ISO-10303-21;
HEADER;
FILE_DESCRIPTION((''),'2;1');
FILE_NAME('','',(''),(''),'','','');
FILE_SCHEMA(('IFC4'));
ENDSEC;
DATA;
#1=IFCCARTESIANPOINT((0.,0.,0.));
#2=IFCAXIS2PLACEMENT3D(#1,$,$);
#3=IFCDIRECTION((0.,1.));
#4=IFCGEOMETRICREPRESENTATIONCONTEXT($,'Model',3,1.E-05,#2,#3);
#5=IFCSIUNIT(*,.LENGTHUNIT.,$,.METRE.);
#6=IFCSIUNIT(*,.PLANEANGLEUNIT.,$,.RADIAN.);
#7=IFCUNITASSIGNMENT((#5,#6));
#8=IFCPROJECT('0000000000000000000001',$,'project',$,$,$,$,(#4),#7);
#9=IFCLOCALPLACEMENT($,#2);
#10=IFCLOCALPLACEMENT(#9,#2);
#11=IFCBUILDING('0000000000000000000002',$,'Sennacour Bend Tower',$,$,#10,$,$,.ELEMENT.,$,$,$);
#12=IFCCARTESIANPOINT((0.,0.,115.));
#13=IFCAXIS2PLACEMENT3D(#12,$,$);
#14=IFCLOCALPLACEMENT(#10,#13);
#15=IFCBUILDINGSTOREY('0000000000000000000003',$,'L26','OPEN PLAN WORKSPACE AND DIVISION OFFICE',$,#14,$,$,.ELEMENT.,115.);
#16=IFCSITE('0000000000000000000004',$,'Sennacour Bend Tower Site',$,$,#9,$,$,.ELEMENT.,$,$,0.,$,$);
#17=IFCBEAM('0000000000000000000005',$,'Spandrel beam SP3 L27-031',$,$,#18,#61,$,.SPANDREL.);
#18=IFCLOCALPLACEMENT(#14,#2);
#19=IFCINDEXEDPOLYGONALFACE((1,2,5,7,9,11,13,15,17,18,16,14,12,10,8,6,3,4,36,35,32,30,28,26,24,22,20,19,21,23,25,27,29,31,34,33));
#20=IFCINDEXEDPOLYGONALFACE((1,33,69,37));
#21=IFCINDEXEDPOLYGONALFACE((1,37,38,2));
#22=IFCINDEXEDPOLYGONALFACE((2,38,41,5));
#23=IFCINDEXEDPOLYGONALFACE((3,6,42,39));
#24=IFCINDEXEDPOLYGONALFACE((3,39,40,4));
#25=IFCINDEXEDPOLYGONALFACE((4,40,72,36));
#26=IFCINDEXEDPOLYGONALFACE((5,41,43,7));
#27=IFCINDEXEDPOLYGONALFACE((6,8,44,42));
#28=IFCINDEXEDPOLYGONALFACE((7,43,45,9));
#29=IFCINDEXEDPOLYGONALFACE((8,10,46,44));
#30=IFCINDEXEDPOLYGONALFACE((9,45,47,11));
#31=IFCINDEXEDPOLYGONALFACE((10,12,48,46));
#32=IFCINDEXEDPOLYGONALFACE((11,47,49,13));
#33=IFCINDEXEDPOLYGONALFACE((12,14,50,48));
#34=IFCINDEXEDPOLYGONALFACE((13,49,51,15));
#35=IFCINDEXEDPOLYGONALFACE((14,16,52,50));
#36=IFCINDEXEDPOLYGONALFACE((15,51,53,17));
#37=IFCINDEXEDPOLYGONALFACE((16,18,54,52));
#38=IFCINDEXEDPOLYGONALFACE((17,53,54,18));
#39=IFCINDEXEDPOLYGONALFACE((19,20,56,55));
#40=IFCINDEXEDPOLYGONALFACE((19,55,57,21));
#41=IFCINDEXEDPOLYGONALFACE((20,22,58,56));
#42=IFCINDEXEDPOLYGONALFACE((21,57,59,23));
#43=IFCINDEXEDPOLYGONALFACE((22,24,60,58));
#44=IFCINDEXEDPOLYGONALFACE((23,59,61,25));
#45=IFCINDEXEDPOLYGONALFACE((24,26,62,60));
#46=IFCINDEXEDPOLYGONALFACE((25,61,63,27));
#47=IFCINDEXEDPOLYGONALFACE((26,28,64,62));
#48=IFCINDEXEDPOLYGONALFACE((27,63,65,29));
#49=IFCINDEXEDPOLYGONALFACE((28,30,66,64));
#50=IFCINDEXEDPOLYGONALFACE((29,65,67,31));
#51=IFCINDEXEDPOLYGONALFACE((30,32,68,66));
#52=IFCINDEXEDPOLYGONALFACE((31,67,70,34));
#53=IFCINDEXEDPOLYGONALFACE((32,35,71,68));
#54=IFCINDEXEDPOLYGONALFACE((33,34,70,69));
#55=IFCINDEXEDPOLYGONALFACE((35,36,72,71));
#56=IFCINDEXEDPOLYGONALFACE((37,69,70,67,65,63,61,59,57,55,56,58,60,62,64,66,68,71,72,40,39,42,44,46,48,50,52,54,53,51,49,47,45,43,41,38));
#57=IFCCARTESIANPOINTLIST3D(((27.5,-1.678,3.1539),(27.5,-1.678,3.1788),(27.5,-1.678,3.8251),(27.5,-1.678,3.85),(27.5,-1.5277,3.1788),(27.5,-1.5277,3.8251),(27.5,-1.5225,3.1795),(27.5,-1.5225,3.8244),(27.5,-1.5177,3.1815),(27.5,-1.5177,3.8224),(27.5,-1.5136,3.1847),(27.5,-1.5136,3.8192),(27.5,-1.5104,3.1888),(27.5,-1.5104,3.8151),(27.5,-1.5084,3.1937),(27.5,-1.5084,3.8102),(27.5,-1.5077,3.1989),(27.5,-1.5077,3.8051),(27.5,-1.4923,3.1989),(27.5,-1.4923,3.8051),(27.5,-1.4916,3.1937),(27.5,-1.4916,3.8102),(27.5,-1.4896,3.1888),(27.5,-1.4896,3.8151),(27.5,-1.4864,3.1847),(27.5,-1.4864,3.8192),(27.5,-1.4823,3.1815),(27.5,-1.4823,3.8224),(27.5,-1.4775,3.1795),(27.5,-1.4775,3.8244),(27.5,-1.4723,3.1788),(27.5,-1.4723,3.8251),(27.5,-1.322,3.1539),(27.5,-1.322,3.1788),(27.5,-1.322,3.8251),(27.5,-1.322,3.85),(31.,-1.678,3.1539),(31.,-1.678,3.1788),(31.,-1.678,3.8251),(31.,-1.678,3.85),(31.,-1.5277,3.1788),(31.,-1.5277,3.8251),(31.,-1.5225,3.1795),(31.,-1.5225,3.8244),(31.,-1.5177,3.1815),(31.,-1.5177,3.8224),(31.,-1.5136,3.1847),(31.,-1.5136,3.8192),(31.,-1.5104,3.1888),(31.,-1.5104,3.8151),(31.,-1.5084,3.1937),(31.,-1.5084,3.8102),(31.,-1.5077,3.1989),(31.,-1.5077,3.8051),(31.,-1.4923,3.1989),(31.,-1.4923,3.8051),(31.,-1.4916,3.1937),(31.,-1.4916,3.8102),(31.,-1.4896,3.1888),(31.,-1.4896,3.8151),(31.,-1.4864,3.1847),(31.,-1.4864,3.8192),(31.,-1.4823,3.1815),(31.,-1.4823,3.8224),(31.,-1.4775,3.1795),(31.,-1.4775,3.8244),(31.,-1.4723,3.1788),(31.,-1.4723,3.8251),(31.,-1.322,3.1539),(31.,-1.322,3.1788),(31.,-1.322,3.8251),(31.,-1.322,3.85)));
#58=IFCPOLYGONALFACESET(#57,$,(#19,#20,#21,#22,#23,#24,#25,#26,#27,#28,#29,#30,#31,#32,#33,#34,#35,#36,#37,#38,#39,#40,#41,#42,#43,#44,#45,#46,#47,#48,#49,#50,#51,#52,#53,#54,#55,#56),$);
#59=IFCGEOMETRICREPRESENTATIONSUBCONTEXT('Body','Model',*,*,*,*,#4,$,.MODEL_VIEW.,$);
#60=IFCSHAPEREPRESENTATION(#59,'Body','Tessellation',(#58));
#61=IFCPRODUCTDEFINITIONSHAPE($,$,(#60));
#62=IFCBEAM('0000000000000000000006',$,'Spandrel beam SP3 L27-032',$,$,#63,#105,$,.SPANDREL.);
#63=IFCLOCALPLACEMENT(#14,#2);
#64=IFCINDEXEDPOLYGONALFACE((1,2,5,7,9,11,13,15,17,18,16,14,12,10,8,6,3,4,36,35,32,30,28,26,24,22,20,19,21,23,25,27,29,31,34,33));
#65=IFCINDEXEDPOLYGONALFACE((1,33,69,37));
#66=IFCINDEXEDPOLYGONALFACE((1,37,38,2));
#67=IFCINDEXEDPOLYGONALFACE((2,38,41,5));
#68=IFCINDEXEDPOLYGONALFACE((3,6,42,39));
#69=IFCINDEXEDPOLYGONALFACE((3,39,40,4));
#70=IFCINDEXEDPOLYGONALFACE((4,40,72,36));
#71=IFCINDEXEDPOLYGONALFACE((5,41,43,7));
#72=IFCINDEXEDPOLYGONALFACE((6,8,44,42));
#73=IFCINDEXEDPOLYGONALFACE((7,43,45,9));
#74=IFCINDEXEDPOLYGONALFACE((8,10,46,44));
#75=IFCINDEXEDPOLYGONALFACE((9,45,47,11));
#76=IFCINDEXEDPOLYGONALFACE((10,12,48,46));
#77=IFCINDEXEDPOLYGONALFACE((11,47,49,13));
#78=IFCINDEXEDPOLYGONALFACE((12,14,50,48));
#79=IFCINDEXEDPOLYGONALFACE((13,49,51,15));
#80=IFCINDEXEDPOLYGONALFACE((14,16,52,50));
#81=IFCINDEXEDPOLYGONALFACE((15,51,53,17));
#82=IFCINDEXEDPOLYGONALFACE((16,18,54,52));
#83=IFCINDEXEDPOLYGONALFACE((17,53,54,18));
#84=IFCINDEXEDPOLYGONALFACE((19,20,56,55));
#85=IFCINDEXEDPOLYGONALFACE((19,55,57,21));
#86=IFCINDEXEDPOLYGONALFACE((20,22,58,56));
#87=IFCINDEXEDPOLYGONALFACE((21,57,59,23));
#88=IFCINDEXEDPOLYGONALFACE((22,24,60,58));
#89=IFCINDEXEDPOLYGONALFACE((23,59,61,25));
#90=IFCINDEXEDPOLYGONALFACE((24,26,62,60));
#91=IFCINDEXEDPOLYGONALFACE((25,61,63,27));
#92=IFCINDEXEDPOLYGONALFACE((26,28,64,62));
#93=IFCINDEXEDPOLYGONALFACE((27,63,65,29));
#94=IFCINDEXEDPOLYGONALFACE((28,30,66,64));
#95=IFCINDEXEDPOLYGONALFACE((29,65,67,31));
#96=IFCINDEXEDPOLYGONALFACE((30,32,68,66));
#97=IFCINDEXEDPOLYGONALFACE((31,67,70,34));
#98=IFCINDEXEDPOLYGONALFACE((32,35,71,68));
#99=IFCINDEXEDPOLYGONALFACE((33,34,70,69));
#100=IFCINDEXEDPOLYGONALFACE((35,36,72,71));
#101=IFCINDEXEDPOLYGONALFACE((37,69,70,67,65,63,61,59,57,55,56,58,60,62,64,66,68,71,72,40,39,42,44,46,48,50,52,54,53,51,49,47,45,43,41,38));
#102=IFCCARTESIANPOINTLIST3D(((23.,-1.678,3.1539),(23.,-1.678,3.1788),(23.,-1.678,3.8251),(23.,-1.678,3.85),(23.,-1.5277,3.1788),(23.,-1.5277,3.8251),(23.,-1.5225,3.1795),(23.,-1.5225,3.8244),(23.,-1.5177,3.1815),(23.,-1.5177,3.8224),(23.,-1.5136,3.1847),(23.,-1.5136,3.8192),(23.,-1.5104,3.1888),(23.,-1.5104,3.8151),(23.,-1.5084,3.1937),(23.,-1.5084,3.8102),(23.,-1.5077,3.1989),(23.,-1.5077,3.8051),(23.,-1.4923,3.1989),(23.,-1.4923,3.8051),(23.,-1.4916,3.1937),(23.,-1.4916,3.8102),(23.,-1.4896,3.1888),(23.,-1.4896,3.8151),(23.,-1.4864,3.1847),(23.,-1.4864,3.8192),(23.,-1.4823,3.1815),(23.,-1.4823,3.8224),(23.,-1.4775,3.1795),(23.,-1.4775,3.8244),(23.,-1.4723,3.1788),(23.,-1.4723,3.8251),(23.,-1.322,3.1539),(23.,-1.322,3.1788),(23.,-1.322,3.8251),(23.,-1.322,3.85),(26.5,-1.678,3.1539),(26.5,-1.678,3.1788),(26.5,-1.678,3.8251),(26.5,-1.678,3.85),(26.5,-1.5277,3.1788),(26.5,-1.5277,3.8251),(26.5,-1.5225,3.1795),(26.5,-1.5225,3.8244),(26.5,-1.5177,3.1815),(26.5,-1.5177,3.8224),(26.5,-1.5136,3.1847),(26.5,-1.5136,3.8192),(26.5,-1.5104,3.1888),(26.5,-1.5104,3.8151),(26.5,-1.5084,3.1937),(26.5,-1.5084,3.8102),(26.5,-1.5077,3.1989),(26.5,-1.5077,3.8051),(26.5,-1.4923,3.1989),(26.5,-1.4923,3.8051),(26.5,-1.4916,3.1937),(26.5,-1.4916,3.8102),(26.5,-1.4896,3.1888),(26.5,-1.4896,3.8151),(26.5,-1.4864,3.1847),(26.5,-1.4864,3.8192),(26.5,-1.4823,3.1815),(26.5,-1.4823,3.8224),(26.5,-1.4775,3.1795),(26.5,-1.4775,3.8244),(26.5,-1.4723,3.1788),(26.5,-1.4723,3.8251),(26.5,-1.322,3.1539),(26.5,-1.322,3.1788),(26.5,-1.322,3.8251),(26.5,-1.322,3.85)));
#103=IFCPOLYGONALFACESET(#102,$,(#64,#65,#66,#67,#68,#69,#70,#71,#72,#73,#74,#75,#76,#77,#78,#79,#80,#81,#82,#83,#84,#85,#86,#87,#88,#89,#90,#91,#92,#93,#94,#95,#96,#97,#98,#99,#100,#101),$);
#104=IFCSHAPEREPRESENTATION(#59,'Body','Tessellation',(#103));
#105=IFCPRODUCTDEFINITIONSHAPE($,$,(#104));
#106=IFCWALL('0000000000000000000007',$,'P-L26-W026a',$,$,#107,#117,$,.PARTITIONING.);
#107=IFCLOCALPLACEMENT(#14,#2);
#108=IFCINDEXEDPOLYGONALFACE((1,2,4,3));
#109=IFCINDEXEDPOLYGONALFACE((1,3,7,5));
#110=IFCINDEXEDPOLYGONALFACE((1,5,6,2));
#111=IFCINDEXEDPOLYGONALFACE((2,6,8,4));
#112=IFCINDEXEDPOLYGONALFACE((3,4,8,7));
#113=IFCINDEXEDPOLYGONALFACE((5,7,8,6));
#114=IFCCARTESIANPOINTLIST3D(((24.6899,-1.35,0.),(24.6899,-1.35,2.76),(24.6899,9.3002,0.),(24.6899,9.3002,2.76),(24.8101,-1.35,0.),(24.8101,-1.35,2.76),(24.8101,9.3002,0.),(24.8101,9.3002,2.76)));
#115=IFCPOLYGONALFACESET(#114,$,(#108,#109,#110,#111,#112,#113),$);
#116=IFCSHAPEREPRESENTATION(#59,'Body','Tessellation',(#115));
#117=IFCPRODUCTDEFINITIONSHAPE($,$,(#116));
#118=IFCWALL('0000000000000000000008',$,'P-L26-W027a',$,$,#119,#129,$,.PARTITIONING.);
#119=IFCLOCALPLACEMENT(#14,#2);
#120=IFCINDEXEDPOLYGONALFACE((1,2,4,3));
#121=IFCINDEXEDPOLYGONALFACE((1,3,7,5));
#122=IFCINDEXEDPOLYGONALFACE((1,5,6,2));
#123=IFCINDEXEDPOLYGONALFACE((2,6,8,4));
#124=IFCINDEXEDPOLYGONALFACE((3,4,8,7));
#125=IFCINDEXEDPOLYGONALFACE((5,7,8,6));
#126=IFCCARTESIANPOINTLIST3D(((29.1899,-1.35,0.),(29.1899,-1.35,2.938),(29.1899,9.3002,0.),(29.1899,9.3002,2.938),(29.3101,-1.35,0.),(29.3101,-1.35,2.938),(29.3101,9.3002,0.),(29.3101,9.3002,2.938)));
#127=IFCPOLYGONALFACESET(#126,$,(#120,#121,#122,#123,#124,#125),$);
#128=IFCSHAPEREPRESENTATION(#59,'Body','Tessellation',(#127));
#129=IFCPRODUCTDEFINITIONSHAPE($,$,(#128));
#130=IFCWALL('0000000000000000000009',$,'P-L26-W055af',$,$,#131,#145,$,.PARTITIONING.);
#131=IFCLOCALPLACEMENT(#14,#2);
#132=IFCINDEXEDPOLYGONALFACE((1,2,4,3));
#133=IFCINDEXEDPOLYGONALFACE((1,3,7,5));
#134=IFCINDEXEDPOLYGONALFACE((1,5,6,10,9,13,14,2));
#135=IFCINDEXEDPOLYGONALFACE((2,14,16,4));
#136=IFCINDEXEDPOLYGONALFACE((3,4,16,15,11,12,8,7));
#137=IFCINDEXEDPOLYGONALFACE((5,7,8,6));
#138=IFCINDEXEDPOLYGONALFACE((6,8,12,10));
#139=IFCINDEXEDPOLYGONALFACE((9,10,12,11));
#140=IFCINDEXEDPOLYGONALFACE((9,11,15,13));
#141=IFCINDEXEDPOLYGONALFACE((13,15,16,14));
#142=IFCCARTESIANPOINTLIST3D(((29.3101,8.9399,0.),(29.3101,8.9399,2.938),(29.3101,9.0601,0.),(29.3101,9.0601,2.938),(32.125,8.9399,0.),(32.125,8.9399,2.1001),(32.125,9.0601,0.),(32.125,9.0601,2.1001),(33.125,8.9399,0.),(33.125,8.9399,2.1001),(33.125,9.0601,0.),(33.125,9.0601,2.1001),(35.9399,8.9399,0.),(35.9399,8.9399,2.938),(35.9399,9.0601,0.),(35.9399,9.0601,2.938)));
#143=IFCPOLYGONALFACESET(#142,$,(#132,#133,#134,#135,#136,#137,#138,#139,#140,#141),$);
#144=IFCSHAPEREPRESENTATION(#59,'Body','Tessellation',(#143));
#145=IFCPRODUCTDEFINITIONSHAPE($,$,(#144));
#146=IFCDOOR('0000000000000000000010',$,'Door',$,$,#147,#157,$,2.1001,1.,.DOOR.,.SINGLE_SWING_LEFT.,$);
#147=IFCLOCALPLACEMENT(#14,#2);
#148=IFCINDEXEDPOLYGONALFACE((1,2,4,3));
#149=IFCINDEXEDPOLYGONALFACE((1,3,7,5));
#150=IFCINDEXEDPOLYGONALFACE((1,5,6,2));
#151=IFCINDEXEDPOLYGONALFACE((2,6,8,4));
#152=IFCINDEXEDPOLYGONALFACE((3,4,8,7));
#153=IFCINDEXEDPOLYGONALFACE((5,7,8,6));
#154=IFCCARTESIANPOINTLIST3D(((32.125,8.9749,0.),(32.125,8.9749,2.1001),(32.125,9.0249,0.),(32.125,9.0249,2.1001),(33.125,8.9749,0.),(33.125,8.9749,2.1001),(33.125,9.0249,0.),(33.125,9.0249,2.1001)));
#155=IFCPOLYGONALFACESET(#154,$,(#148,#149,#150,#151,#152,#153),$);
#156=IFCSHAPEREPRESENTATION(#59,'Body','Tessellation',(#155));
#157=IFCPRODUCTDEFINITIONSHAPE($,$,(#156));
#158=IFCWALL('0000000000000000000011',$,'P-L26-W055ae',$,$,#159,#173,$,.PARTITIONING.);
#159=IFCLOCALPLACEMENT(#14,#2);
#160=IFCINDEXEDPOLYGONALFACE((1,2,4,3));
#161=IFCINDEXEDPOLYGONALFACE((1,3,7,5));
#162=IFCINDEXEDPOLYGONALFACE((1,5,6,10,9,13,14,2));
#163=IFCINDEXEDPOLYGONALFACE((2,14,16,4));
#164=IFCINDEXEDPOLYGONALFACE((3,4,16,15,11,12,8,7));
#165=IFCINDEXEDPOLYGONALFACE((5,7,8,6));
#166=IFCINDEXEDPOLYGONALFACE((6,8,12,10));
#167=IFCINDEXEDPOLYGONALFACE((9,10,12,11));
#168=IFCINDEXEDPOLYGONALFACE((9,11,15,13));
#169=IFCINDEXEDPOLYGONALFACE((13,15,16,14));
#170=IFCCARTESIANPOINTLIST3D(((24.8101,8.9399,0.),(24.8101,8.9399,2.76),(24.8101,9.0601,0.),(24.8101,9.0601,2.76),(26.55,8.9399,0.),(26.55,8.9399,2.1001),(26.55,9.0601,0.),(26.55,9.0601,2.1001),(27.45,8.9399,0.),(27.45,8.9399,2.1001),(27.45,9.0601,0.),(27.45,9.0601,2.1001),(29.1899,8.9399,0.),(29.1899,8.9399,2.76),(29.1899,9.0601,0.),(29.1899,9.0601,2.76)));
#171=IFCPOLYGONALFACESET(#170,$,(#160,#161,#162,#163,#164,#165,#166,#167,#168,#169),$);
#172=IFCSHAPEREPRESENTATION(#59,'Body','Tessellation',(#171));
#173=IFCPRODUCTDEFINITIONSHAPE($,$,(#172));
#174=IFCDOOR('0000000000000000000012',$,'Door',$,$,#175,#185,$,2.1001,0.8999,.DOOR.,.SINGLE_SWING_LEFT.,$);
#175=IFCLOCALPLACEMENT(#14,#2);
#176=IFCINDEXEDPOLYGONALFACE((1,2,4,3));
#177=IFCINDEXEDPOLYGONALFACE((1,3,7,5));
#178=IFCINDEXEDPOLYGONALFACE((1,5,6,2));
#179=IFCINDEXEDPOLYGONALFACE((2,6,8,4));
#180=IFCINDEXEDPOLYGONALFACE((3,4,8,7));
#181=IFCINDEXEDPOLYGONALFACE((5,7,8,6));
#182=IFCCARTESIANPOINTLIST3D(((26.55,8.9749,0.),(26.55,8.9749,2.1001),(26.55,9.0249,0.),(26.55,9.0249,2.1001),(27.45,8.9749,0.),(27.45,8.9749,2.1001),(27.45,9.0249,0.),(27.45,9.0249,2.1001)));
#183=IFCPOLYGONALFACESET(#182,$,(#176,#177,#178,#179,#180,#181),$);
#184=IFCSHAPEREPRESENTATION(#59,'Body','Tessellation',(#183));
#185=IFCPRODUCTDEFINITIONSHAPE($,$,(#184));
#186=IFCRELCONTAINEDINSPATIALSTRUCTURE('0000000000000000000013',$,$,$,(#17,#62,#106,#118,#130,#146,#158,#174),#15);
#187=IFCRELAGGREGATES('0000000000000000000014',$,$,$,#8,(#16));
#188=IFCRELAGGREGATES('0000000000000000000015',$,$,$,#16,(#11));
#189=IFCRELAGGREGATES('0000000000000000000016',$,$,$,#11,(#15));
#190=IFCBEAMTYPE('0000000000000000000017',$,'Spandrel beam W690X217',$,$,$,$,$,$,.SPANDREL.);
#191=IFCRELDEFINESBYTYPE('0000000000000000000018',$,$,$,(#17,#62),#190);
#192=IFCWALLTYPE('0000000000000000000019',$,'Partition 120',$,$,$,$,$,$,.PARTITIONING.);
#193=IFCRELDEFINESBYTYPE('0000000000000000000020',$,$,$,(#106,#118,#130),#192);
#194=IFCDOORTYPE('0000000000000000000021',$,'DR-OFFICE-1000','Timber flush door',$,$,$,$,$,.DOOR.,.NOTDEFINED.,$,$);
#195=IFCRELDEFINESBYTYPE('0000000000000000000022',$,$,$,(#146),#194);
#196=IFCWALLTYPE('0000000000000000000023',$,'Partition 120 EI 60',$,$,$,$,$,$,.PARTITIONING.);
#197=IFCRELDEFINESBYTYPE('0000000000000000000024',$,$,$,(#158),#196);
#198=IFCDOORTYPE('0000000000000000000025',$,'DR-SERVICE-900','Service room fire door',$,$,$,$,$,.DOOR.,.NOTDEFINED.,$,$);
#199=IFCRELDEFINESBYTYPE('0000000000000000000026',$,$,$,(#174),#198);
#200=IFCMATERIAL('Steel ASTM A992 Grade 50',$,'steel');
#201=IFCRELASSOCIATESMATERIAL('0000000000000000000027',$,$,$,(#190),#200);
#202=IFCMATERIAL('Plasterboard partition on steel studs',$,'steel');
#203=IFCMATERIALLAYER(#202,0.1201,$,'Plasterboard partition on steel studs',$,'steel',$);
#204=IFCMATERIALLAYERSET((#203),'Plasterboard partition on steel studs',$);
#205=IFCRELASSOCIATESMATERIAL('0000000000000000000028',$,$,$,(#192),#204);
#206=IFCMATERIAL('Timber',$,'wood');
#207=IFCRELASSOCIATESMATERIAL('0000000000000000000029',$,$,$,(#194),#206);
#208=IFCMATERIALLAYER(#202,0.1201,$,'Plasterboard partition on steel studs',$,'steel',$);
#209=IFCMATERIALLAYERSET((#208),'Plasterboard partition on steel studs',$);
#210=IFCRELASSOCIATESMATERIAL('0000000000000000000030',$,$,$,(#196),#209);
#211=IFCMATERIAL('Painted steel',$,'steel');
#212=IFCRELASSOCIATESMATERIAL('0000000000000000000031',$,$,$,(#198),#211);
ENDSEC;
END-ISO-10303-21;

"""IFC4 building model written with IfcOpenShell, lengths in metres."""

from ifc_helpers import new_model, si_unit, direction, frame, frame_2d, origin, origin_2d, place, context, subcontext, project, spatial, rectangle, i_section, extrude, material, layer, layer_set, material_profile, profile_set, type_object, element, fill, save


model = new_model("IFC4")

# Units and contexts
model_context = context("Model", 3, precision=1e-05, world=origin(), true_north=direction((0.0, 1.0)))
body_context = subcontext(model_context, "Body", "Model", "MODEL_VIEW")
ifc_project = project(units=[si_unit("LENGTHUNIT", "METRE"), si_unit("PLANEANGLEUNIT", "RADIAN")], contexts=[model_context])

# Site, building, storey
site_placement = place(None, origin())
site = spatial("IfcSite", under=ifc_project, at=site_placement, Name="Sennacour Bend Tower Site", CompositionType="ELEMENT", RefElevation=0.0)
building_placement = place(site_placement, origin())
building = spatial("IfcBuilding", under=site, at=building_placement, Name="Sennacour Bend Tower", CompositionType="ELEMENT")
storey_placement = place(building_placement, frame((0.0, 0.0, 115.0)))
storey = spatial("IfcBuildingStorey", under=building, at=storey_placement, Name="L26", Description="OPEN PLAN WORKSPACE AND DIVISION OFFICE", CompositionType="ELEMENT", Elevation=115.0)

# Beams
ifc_material_1 = material(Name="Steel ASTM A992 Grade 50", Category="steel")
ifc_material_profile_1 = material_profile(ifc_material_1, i_section(OverallWidth=0.356, OverallDepth=0.696, WebThickness=0.0154, FlangeThickness=0.0249, FilletRadius=0.02, at=origin_2d()), Name="Steel ASTM A992 Grade 50", Category="steel")
ifc_profile_set_1 = profile_set([ifc_material_profile_1], Name="Steel ASTM A992 Grade 50")
beam_type_1 = type_object("IfcBeamType", Name="Spandrel beam W690X217", PredefinedType="SPANDREL", material=ifc_profile_set_1)
for number, where, z_axis, x_axis, name in (
    (1, (31.0, -1.5, 3.502), (-1.0, 0.0, 0.0), (0.0, -1.0, 0.0), "Spandrel beam SP3 L27-031"),
    (2, (26.5, -1.5, 3.502), (-1.0, 0.0, 0.0), (0.0, -1.0, 0.0), "Spandrel beam SP3 L27-032"),
):
    element("IfcBeam", number, at=place(storey_placement, frame(where, z_axis=z_axis, x_axis=x_axis)), inside=storey, type_object=beam_type_1, Name=name, PredefinedType="SPANDREL", context=body_context, shape_type="SweptSolid", body=[
        extrude(i_section(OverallWidth=0.356, OverallDepth=0.696, WebThickness=0.0154, FlangeThickness=0.0249, FilletRadius=0.02, at=origin_2d()), origin(), (0.0, 0.0, 1.0), 3.5),
    ])

# Walls
ifc_material_2 = material(Name="Plasterboard partition on steel studs", Category="steel")
ifc_layer_1 = layer(ifc_material_2, 0.1201, Name="Plasterboard partition on steel studs", Category="steel")
ifc_layer_set_1 = layer_set([ifc_layer_1], Name="Plasterboard partition on steel studs")
wall_type_1 = type_object("IfcWallType", Name="Partition 120", PredefinedType="PARTITIONING", material=ifc_layer_set_1)
wall_1_placement = place(storey_placement, frame((24.75, -1.3501, 0.0), z_axis=(0.0, 0.0, 1.0), x_axis=(0.0, 1.0, 0.0)))
element("IfcWall", 3, at=wall_1_placement, inside=storey, type_object=wall_type_1, Name="P-L26-W026a", PredefinedType="PARTITIONING", context=body_context, shape_type="SweptSolid", body=[
    extrude(rectangle(XDim=10.6501, YDim=0.1201, at=frame_2d((5.3252, 0.0))), origin(), (0.0, 0.0, 1.0), 2.76),
])
wall_2_placement = place(storey_placement, frame((29.25, -1.3501, 0.0), z_axis=(0.0, 0.0, 1.0), x_axis=(0.0, 1.0, 0.0)))
element("IfcWall", 4, at=wall_2_placement, inside=storey, type_object=wall_type_1, Name="P-L26-W027a", PredefinedType="PARTITIONING", context=body_context, shape_type="SweptSolid", body=[
    extrude(rectangle(XDim=10.6501, YDim=0.1201, at=frame_2d((5.3252, 0.0))), origin(), (0.0, 0.0, 1.0), 2.938),
])

# Walls, openings, doors
wall_3_placement = place(storey_placement, frame((29.3101, 9.0, 0.0), z_axis=(0.0, 0.0, 1.0), x_axis=(1.0, 0.0, 0.0)))
wall_3 = element("IfcWall", 5, at=wall_3_placement, inside=storey, type_object=wall_type_1, Name="P-L26-W055af", PredefinedType="PARTITIONING", context=body_context, shape_type="SweptSolid", body=[
    extrude(rectangle(XDim=6.6299, YDim=0.1201, at=frame_2d((3.3149, 0.0))), origin(), (0.0, 0.0, 1.0), 2.938),
])
opening_1_placement = place(wall_3_placement, frame((2.8149, 0.0, 0.0)))
opening_1 = element("IfcOpeningElement", 6, at=opening_1_placement, cuts=wall_3, PredefinedType="OPENING", context=body_context, shape_type="SweptSolid", body=[
    extrude(rectangle(XDim=1.0, YDim=2.1001, at=frame_2d((0.5, 1.05))), frame((0.0, 0.0701, 0.0), z_axis=(0.0, -1.0, 0.0), x_axis=(1.0, 0.0, 0.0)), (0.0, 0.0, 1.0), 0.1401),
])
ifc_material_3 = material(Name="Timber", Category="wood")
door_type_1 = type_object("IfcDoorType", Name="DR-OFFICE-1000", Description="Timber flush door", OperationType="NOTDEFINED", PredefinedType="DOOR", material=ifc_material_3)
door_1_placement = place(opening_1_placement, origin())
door_1 = element("IfcDoor", 7, at=door_1_placement, inside=storey, type_object=door_type_1, Name="Door", OperationType="SINGLE_SWING_LEFT", OverallHeight=2.1001, OverallWidth=1.0, PredefinedType="DOOR", context=body_context, shape_type="SweptSolid", body=[
    extrude(rectangle(XDim=1.0, YDim=2.1001, at=frame_2d((0.5, 1.05))), frame((0.0, 0.0249, 0.0), z_axis=(0.0, -1.0, 0.0), x_axis=(1.0, 0.0, 0.0)), (0.0, 0.0, 1.0), 0.05),
])
fill(opening_1, door_1)
ifc_layer_2 = layer(ifc_material_2, 0.1201, Name="Plasterboard partition on steel studs", Category="steel")
ifc_layer_set_2 = layer_set([ifc_layer_2], Name="Plasterboard partition on steel studs")
wall_type_2 = type_object("IfcWallType", Name="Partition 120 EI 60", PredefinedType="PARTITIONING", material=ifc_layer_set_2)
wall_4_placement = place(storey_placement, frame((24.8101, 9.0, 0.0), z_axis=(0.0, 0.0, 1.0), x_axis=(1.0, 0.0, 0.0)))
wall_4 = element("IfcWall", 8, at=wall_4_placement, inside=storey, type_object=wall_type_2, Name="P-L26-W055ae", PredefinedType="PARTITIONING", context=body_context, shape_type="SweptSolid", body=[
    extrude(rectangle(XDim=4.3799, YDim=0.1201, at=frame_2d((2.1899, 0.0))), origin(), (0.0, 0.0, 1.0), 2.76),
])
opening_2_placement = place(wall_4_placement, frame((1.74, 0.0, 0.0)))
opening_2 = element("IfcOpeningElement", 9, at=opening_2_placement, cuts=wall_4, PredefinedType="OPENING", context=body_context, shape_type="SweptSolid", body=[
    extrude(rectangle(XDim=0.8999, YDim=2.1001, at=frame_2d((0.45, 1.05))), frame((0.0, 0.0701, 0.0), z_axis=(0.0, -1.0, 0.0), x_axis=(1.0, 0.0, 0.0)), (0.0, 0.0, 1.0), 0.1401),
])
ifc_material_4 = material(Name="Painted steel", Category="steel")
door_type_2 = type_object("IfcDoorType", Name="DR-SERVICE-900", Description="Service room fire door", OperationType="NOTDEFINED", PredefinedType="DOOR", material=ifc_material_4)
door_2_placement = place(opening_2_placement, origin())
door_2 = element("IfcDoor", 10, at=door_2_placement, inside=storey, type_object=door_type_2, Name="Door", OperationType="SINGLE_SWING_LEFT", OverallHeight=2.1001, OverallWidth=0.8999, PredefinedType="DOOR", context=body_context, shape_type="SweptSolid", body=[
    extrude(rectangle(XDim=0.8999, YDim=2.1001, at=frame_2d((0.45, 1.05))), frame((0.0, 0.0249, 0.0), z_axis=(0.0, -1.0, 0.0), x_axis=(1.0, 0.0, 0.0)), (0.0, 0.0, 1.0), 0.05),
])
fill(opening_2, door_2)

save(model, "model.ifc")
